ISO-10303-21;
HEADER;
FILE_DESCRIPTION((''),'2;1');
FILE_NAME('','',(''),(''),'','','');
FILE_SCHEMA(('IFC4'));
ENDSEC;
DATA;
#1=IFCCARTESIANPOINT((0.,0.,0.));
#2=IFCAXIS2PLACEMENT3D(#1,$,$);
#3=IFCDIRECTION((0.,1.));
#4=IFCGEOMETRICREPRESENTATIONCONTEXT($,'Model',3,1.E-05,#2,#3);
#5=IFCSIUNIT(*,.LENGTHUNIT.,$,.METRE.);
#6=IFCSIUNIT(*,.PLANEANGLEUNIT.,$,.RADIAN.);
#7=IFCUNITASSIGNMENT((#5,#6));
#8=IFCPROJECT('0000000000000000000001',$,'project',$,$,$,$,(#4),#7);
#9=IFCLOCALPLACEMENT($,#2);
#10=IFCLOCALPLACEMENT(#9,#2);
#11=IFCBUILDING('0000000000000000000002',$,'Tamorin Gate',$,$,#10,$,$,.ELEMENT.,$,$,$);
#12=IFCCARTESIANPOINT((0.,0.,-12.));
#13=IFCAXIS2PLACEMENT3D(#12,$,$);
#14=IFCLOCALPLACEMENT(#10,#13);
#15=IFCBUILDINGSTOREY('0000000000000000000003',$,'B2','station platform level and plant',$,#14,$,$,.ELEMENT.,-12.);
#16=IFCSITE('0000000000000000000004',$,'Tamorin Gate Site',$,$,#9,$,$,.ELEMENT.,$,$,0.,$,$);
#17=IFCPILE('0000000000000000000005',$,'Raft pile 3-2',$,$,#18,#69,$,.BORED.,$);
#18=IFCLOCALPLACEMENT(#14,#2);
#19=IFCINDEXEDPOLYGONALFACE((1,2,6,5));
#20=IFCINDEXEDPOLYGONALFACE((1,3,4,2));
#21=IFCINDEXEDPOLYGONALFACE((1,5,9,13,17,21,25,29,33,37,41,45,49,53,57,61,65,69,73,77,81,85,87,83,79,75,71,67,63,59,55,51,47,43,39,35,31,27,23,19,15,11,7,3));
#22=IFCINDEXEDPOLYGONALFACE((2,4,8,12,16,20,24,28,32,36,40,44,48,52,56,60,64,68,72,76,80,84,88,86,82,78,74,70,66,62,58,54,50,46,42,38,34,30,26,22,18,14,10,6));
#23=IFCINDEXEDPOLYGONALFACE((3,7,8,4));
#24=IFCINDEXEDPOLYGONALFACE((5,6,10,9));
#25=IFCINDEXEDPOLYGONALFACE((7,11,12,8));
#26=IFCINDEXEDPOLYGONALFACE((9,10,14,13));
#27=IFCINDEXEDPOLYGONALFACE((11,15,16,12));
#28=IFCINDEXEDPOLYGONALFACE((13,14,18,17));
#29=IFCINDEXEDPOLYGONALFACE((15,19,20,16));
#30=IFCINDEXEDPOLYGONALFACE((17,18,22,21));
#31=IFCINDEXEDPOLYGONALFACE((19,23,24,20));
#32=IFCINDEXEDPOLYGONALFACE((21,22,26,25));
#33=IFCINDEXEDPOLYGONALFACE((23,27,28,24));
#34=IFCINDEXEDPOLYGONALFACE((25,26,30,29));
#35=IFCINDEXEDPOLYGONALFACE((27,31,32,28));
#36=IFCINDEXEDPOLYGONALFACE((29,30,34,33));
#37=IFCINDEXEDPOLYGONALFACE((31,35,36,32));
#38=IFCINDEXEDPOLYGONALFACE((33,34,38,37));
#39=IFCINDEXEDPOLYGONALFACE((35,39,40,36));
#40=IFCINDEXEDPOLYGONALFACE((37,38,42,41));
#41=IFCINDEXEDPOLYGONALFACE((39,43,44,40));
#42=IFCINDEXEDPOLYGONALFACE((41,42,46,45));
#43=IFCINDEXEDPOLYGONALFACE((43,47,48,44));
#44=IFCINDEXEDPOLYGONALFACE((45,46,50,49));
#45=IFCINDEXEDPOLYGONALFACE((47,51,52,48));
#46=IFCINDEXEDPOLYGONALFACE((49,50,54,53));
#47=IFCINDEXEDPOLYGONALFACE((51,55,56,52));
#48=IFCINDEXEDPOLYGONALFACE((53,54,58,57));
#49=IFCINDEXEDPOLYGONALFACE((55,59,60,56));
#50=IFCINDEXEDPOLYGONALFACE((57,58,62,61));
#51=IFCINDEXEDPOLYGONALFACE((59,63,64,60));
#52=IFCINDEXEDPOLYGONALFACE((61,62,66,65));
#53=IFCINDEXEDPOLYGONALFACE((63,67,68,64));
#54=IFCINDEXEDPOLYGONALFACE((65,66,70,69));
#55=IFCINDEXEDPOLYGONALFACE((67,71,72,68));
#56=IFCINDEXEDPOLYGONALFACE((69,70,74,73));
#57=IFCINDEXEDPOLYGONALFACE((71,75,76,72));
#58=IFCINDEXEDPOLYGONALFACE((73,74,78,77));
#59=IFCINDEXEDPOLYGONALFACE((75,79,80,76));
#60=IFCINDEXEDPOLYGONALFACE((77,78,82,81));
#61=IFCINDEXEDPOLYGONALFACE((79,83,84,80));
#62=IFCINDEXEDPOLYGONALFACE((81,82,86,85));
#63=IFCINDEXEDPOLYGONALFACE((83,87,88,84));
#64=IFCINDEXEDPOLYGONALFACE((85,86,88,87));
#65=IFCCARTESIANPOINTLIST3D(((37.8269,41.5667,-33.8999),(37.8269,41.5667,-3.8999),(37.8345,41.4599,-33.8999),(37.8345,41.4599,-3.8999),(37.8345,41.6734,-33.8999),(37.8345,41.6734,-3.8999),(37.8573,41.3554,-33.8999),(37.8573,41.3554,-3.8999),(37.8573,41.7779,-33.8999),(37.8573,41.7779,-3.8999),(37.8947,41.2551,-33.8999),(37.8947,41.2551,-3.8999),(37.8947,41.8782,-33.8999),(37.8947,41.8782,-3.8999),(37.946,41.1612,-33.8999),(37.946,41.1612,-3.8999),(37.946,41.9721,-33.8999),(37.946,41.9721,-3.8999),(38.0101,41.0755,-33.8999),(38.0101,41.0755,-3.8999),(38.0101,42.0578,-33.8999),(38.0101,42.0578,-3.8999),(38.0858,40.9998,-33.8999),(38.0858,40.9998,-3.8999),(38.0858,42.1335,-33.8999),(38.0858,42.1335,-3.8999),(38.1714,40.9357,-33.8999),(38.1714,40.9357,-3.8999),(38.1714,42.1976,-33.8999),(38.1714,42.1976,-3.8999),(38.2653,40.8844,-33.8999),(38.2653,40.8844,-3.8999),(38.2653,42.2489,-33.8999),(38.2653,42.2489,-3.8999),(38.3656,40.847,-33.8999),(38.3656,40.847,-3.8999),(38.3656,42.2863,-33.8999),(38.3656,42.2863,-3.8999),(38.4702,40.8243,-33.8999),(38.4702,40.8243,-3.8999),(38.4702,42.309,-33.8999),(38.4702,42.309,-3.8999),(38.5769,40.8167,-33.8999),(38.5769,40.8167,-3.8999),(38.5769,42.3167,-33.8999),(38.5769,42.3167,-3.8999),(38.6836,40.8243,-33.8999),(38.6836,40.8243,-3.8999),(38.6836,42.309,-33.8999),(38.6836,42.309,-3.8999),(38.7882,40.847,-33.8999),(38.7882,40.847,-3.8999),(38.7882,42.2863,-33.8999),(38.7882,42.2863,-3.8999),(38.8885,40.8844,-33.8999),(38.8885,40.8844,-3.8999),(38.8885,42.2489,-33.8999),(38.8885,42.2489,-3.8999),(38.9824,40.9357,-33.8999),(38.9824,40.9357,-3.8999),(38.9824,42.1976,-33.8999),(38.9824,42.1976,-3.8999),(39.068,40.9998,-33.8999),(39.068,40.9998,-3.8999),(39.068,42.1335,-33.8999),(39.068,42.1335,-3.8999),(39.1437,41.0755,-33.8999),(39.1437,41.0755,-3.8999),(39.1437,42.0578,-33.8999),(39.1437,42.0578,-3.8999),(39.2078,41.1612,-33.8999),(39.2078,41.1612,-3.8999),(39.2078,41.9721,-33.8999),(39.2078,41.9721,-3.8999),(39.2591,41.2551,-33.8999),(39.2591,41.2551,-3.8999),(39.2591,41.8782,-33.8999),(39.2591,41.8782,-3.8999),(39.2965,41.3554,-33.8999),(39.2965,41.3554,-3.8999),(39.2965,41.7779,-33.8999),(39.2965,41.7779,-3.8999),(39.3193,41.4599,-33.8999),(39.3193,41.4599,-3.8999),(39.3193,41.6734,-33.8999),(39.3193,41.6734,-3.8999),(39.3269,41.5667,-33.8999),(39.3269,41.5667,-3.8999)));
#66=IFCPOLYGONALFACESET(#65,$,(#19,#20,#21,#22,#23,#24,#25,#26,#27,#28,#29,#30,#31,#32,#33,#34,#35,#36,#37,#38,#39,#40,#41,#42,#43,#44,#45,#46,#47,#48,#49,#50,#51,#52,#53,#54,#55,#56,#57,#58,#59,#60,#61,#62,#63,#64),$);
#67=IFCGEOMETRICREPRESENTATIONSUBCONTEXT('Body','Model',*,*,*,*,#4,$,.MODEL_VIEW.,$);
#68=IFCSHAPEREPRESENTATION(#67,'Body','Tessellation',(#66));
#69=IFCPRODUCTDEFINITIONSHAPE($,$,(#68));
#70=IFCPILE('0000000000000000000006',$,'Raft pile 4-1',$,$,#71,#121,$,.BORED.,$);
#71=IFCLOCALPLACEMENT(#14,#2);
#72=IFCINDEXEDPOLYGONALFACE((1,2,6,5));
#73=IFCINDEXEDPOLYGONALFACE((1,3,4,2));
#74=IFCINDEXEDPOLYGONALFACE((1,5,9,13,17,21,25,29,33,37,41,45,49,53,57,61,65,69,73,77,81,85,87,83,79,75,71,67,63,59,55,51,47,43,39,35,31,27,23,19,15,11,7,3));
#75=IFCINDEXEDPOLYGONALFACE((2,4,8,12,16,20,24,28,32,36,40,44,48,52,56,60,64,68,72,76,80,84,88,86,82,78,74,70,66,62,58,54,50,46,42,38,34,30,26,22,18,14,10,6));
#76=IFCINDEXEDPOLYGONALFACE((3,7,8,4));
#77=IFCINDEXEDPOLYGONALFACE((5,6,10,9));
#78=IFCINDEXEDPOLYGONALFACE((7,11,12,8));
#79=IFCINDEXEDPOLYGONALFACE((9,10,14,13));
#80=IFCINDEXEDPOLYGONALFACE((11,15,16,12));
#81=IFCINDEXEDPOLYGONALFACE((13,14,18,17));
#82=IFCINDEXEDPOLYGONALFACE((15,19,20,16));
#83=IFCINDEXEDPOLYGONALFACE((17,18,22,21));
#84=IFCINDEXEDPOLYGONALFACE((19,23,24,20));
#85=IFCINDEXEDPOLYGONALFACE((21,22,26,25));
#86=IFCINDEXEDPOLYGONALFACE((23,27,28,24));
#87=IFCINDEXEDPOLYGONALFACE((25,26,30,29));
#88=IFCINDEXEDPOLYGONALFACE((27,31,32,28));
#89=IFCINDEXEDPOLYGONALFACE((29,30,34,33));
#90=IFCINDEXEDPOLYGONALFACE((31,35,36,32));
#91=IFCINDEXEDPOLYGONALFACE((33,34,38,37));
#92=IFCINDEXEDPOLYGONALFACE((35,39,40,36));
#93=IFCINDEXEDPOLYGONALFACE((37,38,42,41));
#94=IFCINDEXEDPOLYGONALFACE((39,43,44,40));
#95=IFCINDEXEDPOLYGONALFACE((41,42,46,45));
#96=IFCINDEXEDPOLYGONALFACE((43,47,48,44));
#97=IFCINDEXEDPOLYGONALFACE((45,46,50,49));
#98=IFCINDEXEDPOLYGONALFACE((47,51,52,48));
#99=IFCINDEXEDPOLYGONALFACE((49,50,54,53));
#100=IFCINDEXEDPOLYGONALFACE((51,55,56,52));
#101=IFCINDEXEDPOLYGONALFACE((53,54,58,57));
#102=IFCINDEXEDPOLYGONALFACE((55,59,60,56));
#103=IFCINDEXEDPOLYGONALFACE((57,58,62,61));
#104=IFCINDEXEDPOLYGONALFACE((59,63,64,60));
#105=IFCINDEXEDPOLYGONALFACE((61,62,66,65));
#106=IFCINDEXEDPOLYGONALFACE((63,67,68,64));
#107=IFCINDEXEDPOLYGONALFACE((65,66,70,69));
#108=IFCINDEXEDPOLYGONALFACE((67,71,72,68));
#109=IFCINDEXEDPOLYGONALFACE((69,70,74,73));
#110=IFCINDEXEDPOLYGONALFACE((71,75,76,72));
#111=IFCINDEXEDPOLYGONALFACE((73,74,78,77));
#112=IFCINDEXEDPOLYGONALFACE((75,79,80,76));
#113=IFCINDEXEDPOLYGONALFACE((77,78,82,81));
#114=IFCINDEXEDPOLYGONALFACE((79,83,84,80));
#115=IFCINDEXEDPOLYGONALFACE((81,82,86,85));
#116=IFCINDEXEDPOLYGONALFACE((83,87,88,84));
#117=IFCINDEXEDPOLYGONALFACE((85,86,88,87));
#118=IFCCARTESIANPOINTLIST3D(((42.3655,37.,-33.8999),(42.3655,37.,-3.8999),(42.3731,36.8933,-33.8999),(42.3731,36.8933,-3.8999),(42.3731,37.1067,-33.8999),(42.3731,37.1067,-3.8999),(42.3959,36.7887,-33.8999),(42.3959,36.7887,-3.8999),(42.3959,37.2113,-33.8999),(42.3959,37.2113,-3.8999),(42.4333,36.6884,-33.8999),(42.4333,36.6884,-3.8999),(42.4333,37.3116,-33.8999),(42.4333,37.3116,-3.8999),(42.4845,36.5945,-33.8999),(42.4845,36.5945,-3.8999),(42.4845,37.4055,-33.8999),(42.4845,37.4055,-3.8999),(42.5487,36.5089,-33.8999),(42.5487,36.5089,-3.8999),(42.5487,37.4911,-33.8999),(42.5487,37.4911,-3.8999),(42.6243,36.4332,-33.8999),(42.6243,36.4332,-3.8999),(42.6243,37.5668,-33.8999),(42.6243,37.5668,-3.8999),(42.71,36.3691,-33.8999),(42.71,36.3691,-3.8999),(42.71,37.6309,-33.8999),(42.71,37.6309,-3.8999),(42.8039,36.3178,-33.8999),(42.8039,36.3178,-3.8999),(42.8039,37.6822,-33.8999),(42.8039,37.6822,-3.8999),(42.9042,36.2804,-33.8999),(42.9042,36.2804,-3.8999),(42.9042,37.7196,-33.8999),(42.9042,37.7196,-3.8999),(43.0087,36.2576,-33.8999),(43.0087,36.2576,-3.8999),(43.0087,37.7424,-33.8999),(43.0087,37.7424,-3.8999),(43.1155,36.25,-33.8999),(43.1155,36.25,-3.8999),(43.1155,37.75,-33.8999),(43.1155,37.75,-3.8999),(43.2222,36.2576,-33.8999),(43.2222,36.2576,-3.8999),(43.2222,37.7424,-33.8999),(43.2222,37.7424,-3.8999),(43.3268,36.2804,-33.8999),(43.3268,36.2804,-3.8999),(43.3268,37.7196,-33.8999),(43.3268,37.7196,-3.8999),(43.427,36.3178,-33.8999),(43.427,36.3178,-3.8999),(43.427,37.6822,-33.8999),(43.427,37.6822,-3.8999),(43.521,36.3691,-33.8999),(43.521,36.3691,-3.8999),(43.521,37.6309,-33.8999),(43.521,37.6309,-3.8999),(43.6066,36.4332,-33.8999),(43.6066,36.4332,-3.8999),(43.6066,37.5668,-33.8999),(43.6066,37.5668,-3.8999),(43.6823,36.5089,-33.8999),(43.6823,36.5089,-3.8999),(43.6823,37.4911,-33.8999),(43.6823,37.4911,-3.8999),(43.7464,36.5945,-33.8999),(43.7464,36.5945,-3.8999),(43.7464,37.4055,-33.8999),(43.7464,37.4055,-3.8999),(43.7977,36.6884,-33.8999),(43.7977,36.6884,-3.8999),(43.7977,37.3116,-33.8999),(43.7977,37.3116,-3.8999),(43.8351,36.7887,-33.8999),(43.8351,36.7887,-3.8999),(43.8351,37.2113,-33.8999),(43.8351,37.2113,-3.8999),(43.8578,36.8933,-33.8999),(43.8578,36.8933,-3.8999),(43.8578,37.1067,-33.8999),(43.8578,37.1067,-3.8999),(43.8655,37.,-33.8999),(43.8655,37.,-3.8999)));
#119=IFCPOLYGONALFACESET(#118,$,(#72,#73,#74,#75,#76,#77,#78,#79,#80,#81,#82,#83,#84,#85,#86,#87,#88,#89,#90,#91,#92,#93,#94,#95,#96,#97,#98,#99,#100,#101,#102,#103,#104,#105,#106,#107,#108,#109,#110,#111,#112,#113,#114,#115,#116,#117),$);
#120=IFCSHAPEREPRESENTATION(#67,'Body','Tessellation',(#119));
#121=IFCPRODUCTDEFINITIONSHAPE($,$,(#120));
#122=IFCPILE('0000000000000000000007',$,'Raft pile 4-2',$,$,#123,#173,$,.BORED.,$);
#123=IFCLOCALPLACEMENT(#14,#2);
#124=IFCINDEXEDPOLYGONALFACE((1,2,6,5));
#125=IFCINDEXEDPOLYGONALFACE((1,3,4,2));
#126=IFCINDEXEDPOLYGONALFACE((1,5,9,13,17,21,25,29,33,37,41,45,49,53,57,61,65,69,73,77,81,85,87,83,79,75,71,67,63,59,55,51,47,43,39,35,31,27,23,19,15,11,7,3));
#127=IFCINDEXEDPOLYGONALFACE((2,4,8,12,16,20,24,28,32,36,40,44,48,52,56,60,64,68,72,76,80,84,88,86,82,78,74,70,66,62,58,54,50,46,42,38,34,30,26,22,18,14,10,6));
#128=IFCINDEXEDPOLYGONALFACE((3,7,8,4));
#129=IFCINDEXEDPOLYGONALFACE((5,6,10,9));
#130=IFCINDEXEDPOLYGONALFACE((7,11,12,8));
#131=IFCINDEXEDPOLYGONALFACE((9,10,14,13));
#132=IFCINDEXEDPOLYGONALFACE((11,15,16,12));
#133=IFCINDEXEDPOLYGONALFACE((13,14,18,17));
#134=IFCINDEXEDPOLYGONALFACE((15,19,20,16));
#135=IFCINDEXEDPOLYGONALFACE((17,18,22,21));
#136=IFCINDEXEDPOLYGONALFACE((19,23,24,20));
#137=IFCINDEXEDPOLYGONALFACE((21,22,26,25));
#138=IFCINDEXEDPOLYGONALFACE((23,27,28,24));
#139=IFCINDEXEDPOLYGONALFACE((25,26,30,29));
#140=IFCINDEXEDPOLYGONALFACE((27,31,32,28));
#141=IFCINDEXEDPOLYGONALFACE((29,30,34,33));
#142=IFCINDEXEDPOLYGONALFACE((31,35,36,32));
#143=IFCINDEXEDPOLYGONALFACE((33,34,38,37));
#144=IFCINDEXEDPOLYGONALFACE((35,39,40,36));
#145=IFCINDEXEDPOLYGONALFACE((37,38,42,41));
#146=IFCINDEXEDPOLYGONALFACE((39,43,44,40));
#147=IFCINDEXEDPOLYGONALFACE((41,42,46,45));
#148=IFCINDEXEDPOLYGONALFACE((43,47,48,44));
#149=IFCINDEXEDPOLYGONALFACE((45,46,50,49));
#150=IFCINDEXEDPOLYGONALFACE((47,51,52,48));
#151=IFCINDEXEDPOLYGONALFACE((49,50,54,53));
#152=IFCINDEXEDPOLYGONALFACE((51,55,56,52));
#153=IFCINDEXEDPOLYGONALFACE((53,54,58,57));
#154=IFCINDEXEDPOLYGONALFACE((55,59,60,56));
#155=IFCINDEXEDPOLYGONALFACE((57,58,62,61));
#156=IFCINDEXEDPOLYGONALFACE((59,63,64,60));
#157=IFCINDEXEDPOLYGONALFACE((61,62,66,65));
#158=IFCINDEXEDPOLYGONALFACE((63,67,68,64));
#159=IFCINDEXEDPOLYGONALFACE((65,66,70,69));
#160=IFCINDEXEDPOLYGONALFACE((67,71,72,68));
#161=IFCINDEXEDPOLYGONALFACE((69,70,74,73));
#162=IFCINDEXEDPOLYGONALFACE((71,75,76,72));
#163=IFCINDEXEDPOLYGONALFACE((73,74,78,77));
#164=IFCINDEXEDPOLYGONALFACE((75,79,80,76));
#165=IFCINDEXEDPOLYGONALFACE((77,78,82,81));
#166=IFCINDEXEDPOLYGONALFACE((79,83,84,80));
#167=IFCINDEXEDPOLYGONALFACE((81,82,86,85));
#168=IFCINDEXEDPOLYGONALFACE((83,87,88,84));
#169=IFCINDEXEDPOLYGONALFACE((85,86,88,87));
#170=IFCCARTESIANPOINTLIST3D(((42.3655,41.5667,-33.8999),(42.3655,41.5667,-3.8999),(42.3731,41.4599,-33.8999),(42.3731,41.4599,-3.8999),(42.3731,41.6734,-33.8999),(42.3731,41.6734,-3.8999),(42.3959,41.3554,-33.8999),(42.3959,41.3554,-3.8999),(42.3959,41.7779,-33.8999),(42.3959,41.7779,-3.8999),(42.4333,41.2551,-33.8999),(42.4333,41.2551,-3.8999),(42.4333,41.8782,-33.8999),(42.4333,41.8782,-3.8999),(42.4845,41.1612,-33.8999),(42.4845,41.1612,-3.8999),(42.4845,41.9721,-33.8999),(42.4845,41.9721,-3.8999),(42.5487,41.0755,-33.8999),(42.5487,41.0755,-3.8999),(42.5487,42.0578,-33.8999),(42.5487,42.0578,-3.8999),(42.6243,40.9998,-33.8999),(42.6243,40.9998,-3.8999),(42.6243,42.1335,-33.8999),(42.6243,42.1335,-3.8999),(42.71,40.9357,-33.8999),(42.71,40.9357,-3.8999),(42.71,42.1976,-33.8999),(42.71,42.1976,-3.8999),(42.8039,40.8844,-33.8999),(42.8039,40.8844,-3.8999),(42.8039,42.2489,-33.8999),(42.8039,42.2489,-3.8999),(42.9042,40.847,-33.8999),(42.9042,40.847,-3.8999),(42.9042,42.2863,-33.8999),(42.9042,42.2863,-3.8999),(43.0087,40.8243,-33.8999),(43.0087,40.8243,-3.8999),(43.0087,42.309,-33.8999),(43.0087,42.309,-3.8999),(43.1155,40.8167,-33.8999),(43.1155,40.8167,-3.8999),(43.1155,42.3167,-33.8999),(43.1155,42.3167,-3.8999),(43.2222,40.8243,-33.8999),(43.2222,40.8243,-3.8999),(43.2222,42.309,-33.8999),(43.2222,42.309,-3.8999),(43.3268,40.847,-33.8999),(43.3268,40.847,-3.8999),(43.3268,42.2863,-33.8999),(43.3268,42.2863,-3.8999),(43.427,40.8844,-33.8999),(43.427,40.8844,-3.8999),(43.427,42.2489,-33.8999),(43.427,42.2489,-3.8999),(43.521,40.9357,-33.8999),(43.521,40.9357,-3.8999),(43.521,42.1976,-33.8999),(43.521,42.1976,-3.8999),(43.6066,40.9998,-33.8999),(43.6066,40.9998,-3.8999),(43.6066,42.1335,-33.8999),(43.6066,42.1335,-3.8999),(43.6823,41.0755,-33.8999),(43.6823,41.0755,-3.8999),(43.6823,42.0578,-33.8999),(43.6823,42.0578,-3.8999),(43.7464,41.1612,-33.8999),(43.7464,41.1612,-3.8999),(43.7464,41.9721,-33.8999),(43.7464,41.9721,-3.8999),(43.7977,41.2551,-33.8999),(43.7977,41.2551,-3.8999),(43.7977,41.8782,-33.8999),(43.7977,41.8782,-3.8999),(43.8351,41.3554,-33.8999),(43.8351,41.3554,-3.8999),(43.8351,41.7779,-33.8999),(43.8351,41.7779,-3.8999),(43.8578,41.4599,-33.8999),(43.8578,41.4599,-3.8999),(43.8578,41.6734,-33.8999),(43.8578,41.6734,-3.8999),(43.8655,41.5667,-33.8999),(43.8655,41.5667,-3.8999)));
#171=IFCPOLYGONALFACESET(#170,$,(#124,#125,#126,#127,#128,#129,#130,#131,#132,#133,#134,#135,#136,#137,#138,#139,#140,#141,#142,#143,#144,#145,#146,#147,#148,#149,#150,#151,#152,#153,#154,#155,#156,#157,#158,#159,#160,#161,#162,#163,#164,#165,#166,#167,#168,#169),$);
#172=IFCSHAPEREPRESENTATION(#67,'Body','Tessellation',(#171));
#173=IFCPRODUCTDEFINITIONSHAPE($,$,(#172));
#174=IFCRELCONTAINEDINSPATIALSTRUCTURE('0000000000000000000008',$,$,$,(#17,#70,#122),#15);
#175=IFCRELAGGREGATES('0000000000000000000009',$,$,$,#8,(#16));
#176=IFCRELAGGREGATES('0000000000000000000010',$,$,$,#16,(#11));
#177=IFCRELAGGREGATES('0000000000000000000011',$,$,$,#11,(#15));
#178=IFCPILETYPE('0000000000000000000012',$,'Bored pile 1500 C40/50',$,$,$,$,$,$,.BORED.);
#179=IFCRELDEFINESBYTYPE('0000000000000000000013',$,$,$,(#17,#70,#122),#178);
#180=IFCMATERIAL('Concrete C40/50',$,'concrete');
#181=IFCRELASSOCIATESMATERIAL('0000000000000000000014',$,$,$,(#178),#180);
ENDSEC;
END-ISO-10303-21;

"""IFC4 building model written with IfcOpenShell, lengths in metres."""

from ifc_helpers import new_model, si_unit, direction, frame, origin, origin_2d, place, context, subcontext, project, spatial, circle, extrude, material, material_profile, profile_set, type_object, element, save


model = new_model("IFC4")

# Units and contexts
model_context = context("Model", 3, precision=1e-05, world=origin(), true_north=direction((0.0, 1.0)))
body_context = subcontext(model_context, "Body", "Model", "MODEL_VIEW")
ifc_project = project(units=[si_unit("LENGTHUNIT", "METRE"), si_unit("PLANEANGLEUNIT", "RADIAN")], contexts=[model_context])

# Site, building, storey
site_placement = place(None, origin())
site = spatial("IfcSite", under=ifc_project, at=site_placement, Name="Tamorin Gate Site", CompositionType="ELEMENT", RefElevation=0.0)
building_placement = place(site_placement, origin())
building = spatial("IfcBuilding", under=site, at=building_placement, Name="Tamorin Gate", CompositionType="ELEMENT")
storey_placement = place(building_placement, frame((0.0, 0.0, -12.0)))
storey = spatial("IfcBuildingStorey", under=building, at=storey_placement, Name="B2", Description="station platform level and plant", CompositionType="ELEMENT", Elevation=-12.0)

# Piles
ifc_material_1 = material(Name="Concrete C40/50", Category="concrete")
ifc_material_profile_1 = material_profile(ifc_material_1, circle(Radius=0.75, at=origin_2d()))
ifc_profile_set_1 = profile_set([ifc_material_profile_1], Name="Concrete C40/50")
pile_type = type_object("IfcPileType", Name="Bored pile 1500 C40/50", PredefinedType="BORED", material=ifc_profile_set_1)
for number, where, z_axis, x_axis, name in (
    (1, (38.5769, 41.5667, -3.8999), (0.0, 0.0, -1.0), (1.0, 0.0, 0.0), "Raft pile 3-2"),
    (2, (43.1155, 37.0, -3.8999), (0.0, 0.0, -1.0), (1.0, 0.0, 0.0), "Raft pile 4-1"),
    (3, (43.1155, 41.5667, -3.8999), (0.0, 0.0, -1.0), (1.0, 0.0, 0.0), "Raft pile 4-2"),
):
    element("IfcPile", number, at=place(storey_placement, frame(where, z_axis=z_axis, x_axis=x_axis)), inside=storey, type_object=pile_type, Name=name, PredefinedType="BORED", context=body_context, shape_type="SweptSolid", body=[
        extrude(circle(Radius=0.75, at=origin_2d()), origin(), (0.0, 0.0, 1.0), 30.0),
    ])

save(model, "model.ifc")
